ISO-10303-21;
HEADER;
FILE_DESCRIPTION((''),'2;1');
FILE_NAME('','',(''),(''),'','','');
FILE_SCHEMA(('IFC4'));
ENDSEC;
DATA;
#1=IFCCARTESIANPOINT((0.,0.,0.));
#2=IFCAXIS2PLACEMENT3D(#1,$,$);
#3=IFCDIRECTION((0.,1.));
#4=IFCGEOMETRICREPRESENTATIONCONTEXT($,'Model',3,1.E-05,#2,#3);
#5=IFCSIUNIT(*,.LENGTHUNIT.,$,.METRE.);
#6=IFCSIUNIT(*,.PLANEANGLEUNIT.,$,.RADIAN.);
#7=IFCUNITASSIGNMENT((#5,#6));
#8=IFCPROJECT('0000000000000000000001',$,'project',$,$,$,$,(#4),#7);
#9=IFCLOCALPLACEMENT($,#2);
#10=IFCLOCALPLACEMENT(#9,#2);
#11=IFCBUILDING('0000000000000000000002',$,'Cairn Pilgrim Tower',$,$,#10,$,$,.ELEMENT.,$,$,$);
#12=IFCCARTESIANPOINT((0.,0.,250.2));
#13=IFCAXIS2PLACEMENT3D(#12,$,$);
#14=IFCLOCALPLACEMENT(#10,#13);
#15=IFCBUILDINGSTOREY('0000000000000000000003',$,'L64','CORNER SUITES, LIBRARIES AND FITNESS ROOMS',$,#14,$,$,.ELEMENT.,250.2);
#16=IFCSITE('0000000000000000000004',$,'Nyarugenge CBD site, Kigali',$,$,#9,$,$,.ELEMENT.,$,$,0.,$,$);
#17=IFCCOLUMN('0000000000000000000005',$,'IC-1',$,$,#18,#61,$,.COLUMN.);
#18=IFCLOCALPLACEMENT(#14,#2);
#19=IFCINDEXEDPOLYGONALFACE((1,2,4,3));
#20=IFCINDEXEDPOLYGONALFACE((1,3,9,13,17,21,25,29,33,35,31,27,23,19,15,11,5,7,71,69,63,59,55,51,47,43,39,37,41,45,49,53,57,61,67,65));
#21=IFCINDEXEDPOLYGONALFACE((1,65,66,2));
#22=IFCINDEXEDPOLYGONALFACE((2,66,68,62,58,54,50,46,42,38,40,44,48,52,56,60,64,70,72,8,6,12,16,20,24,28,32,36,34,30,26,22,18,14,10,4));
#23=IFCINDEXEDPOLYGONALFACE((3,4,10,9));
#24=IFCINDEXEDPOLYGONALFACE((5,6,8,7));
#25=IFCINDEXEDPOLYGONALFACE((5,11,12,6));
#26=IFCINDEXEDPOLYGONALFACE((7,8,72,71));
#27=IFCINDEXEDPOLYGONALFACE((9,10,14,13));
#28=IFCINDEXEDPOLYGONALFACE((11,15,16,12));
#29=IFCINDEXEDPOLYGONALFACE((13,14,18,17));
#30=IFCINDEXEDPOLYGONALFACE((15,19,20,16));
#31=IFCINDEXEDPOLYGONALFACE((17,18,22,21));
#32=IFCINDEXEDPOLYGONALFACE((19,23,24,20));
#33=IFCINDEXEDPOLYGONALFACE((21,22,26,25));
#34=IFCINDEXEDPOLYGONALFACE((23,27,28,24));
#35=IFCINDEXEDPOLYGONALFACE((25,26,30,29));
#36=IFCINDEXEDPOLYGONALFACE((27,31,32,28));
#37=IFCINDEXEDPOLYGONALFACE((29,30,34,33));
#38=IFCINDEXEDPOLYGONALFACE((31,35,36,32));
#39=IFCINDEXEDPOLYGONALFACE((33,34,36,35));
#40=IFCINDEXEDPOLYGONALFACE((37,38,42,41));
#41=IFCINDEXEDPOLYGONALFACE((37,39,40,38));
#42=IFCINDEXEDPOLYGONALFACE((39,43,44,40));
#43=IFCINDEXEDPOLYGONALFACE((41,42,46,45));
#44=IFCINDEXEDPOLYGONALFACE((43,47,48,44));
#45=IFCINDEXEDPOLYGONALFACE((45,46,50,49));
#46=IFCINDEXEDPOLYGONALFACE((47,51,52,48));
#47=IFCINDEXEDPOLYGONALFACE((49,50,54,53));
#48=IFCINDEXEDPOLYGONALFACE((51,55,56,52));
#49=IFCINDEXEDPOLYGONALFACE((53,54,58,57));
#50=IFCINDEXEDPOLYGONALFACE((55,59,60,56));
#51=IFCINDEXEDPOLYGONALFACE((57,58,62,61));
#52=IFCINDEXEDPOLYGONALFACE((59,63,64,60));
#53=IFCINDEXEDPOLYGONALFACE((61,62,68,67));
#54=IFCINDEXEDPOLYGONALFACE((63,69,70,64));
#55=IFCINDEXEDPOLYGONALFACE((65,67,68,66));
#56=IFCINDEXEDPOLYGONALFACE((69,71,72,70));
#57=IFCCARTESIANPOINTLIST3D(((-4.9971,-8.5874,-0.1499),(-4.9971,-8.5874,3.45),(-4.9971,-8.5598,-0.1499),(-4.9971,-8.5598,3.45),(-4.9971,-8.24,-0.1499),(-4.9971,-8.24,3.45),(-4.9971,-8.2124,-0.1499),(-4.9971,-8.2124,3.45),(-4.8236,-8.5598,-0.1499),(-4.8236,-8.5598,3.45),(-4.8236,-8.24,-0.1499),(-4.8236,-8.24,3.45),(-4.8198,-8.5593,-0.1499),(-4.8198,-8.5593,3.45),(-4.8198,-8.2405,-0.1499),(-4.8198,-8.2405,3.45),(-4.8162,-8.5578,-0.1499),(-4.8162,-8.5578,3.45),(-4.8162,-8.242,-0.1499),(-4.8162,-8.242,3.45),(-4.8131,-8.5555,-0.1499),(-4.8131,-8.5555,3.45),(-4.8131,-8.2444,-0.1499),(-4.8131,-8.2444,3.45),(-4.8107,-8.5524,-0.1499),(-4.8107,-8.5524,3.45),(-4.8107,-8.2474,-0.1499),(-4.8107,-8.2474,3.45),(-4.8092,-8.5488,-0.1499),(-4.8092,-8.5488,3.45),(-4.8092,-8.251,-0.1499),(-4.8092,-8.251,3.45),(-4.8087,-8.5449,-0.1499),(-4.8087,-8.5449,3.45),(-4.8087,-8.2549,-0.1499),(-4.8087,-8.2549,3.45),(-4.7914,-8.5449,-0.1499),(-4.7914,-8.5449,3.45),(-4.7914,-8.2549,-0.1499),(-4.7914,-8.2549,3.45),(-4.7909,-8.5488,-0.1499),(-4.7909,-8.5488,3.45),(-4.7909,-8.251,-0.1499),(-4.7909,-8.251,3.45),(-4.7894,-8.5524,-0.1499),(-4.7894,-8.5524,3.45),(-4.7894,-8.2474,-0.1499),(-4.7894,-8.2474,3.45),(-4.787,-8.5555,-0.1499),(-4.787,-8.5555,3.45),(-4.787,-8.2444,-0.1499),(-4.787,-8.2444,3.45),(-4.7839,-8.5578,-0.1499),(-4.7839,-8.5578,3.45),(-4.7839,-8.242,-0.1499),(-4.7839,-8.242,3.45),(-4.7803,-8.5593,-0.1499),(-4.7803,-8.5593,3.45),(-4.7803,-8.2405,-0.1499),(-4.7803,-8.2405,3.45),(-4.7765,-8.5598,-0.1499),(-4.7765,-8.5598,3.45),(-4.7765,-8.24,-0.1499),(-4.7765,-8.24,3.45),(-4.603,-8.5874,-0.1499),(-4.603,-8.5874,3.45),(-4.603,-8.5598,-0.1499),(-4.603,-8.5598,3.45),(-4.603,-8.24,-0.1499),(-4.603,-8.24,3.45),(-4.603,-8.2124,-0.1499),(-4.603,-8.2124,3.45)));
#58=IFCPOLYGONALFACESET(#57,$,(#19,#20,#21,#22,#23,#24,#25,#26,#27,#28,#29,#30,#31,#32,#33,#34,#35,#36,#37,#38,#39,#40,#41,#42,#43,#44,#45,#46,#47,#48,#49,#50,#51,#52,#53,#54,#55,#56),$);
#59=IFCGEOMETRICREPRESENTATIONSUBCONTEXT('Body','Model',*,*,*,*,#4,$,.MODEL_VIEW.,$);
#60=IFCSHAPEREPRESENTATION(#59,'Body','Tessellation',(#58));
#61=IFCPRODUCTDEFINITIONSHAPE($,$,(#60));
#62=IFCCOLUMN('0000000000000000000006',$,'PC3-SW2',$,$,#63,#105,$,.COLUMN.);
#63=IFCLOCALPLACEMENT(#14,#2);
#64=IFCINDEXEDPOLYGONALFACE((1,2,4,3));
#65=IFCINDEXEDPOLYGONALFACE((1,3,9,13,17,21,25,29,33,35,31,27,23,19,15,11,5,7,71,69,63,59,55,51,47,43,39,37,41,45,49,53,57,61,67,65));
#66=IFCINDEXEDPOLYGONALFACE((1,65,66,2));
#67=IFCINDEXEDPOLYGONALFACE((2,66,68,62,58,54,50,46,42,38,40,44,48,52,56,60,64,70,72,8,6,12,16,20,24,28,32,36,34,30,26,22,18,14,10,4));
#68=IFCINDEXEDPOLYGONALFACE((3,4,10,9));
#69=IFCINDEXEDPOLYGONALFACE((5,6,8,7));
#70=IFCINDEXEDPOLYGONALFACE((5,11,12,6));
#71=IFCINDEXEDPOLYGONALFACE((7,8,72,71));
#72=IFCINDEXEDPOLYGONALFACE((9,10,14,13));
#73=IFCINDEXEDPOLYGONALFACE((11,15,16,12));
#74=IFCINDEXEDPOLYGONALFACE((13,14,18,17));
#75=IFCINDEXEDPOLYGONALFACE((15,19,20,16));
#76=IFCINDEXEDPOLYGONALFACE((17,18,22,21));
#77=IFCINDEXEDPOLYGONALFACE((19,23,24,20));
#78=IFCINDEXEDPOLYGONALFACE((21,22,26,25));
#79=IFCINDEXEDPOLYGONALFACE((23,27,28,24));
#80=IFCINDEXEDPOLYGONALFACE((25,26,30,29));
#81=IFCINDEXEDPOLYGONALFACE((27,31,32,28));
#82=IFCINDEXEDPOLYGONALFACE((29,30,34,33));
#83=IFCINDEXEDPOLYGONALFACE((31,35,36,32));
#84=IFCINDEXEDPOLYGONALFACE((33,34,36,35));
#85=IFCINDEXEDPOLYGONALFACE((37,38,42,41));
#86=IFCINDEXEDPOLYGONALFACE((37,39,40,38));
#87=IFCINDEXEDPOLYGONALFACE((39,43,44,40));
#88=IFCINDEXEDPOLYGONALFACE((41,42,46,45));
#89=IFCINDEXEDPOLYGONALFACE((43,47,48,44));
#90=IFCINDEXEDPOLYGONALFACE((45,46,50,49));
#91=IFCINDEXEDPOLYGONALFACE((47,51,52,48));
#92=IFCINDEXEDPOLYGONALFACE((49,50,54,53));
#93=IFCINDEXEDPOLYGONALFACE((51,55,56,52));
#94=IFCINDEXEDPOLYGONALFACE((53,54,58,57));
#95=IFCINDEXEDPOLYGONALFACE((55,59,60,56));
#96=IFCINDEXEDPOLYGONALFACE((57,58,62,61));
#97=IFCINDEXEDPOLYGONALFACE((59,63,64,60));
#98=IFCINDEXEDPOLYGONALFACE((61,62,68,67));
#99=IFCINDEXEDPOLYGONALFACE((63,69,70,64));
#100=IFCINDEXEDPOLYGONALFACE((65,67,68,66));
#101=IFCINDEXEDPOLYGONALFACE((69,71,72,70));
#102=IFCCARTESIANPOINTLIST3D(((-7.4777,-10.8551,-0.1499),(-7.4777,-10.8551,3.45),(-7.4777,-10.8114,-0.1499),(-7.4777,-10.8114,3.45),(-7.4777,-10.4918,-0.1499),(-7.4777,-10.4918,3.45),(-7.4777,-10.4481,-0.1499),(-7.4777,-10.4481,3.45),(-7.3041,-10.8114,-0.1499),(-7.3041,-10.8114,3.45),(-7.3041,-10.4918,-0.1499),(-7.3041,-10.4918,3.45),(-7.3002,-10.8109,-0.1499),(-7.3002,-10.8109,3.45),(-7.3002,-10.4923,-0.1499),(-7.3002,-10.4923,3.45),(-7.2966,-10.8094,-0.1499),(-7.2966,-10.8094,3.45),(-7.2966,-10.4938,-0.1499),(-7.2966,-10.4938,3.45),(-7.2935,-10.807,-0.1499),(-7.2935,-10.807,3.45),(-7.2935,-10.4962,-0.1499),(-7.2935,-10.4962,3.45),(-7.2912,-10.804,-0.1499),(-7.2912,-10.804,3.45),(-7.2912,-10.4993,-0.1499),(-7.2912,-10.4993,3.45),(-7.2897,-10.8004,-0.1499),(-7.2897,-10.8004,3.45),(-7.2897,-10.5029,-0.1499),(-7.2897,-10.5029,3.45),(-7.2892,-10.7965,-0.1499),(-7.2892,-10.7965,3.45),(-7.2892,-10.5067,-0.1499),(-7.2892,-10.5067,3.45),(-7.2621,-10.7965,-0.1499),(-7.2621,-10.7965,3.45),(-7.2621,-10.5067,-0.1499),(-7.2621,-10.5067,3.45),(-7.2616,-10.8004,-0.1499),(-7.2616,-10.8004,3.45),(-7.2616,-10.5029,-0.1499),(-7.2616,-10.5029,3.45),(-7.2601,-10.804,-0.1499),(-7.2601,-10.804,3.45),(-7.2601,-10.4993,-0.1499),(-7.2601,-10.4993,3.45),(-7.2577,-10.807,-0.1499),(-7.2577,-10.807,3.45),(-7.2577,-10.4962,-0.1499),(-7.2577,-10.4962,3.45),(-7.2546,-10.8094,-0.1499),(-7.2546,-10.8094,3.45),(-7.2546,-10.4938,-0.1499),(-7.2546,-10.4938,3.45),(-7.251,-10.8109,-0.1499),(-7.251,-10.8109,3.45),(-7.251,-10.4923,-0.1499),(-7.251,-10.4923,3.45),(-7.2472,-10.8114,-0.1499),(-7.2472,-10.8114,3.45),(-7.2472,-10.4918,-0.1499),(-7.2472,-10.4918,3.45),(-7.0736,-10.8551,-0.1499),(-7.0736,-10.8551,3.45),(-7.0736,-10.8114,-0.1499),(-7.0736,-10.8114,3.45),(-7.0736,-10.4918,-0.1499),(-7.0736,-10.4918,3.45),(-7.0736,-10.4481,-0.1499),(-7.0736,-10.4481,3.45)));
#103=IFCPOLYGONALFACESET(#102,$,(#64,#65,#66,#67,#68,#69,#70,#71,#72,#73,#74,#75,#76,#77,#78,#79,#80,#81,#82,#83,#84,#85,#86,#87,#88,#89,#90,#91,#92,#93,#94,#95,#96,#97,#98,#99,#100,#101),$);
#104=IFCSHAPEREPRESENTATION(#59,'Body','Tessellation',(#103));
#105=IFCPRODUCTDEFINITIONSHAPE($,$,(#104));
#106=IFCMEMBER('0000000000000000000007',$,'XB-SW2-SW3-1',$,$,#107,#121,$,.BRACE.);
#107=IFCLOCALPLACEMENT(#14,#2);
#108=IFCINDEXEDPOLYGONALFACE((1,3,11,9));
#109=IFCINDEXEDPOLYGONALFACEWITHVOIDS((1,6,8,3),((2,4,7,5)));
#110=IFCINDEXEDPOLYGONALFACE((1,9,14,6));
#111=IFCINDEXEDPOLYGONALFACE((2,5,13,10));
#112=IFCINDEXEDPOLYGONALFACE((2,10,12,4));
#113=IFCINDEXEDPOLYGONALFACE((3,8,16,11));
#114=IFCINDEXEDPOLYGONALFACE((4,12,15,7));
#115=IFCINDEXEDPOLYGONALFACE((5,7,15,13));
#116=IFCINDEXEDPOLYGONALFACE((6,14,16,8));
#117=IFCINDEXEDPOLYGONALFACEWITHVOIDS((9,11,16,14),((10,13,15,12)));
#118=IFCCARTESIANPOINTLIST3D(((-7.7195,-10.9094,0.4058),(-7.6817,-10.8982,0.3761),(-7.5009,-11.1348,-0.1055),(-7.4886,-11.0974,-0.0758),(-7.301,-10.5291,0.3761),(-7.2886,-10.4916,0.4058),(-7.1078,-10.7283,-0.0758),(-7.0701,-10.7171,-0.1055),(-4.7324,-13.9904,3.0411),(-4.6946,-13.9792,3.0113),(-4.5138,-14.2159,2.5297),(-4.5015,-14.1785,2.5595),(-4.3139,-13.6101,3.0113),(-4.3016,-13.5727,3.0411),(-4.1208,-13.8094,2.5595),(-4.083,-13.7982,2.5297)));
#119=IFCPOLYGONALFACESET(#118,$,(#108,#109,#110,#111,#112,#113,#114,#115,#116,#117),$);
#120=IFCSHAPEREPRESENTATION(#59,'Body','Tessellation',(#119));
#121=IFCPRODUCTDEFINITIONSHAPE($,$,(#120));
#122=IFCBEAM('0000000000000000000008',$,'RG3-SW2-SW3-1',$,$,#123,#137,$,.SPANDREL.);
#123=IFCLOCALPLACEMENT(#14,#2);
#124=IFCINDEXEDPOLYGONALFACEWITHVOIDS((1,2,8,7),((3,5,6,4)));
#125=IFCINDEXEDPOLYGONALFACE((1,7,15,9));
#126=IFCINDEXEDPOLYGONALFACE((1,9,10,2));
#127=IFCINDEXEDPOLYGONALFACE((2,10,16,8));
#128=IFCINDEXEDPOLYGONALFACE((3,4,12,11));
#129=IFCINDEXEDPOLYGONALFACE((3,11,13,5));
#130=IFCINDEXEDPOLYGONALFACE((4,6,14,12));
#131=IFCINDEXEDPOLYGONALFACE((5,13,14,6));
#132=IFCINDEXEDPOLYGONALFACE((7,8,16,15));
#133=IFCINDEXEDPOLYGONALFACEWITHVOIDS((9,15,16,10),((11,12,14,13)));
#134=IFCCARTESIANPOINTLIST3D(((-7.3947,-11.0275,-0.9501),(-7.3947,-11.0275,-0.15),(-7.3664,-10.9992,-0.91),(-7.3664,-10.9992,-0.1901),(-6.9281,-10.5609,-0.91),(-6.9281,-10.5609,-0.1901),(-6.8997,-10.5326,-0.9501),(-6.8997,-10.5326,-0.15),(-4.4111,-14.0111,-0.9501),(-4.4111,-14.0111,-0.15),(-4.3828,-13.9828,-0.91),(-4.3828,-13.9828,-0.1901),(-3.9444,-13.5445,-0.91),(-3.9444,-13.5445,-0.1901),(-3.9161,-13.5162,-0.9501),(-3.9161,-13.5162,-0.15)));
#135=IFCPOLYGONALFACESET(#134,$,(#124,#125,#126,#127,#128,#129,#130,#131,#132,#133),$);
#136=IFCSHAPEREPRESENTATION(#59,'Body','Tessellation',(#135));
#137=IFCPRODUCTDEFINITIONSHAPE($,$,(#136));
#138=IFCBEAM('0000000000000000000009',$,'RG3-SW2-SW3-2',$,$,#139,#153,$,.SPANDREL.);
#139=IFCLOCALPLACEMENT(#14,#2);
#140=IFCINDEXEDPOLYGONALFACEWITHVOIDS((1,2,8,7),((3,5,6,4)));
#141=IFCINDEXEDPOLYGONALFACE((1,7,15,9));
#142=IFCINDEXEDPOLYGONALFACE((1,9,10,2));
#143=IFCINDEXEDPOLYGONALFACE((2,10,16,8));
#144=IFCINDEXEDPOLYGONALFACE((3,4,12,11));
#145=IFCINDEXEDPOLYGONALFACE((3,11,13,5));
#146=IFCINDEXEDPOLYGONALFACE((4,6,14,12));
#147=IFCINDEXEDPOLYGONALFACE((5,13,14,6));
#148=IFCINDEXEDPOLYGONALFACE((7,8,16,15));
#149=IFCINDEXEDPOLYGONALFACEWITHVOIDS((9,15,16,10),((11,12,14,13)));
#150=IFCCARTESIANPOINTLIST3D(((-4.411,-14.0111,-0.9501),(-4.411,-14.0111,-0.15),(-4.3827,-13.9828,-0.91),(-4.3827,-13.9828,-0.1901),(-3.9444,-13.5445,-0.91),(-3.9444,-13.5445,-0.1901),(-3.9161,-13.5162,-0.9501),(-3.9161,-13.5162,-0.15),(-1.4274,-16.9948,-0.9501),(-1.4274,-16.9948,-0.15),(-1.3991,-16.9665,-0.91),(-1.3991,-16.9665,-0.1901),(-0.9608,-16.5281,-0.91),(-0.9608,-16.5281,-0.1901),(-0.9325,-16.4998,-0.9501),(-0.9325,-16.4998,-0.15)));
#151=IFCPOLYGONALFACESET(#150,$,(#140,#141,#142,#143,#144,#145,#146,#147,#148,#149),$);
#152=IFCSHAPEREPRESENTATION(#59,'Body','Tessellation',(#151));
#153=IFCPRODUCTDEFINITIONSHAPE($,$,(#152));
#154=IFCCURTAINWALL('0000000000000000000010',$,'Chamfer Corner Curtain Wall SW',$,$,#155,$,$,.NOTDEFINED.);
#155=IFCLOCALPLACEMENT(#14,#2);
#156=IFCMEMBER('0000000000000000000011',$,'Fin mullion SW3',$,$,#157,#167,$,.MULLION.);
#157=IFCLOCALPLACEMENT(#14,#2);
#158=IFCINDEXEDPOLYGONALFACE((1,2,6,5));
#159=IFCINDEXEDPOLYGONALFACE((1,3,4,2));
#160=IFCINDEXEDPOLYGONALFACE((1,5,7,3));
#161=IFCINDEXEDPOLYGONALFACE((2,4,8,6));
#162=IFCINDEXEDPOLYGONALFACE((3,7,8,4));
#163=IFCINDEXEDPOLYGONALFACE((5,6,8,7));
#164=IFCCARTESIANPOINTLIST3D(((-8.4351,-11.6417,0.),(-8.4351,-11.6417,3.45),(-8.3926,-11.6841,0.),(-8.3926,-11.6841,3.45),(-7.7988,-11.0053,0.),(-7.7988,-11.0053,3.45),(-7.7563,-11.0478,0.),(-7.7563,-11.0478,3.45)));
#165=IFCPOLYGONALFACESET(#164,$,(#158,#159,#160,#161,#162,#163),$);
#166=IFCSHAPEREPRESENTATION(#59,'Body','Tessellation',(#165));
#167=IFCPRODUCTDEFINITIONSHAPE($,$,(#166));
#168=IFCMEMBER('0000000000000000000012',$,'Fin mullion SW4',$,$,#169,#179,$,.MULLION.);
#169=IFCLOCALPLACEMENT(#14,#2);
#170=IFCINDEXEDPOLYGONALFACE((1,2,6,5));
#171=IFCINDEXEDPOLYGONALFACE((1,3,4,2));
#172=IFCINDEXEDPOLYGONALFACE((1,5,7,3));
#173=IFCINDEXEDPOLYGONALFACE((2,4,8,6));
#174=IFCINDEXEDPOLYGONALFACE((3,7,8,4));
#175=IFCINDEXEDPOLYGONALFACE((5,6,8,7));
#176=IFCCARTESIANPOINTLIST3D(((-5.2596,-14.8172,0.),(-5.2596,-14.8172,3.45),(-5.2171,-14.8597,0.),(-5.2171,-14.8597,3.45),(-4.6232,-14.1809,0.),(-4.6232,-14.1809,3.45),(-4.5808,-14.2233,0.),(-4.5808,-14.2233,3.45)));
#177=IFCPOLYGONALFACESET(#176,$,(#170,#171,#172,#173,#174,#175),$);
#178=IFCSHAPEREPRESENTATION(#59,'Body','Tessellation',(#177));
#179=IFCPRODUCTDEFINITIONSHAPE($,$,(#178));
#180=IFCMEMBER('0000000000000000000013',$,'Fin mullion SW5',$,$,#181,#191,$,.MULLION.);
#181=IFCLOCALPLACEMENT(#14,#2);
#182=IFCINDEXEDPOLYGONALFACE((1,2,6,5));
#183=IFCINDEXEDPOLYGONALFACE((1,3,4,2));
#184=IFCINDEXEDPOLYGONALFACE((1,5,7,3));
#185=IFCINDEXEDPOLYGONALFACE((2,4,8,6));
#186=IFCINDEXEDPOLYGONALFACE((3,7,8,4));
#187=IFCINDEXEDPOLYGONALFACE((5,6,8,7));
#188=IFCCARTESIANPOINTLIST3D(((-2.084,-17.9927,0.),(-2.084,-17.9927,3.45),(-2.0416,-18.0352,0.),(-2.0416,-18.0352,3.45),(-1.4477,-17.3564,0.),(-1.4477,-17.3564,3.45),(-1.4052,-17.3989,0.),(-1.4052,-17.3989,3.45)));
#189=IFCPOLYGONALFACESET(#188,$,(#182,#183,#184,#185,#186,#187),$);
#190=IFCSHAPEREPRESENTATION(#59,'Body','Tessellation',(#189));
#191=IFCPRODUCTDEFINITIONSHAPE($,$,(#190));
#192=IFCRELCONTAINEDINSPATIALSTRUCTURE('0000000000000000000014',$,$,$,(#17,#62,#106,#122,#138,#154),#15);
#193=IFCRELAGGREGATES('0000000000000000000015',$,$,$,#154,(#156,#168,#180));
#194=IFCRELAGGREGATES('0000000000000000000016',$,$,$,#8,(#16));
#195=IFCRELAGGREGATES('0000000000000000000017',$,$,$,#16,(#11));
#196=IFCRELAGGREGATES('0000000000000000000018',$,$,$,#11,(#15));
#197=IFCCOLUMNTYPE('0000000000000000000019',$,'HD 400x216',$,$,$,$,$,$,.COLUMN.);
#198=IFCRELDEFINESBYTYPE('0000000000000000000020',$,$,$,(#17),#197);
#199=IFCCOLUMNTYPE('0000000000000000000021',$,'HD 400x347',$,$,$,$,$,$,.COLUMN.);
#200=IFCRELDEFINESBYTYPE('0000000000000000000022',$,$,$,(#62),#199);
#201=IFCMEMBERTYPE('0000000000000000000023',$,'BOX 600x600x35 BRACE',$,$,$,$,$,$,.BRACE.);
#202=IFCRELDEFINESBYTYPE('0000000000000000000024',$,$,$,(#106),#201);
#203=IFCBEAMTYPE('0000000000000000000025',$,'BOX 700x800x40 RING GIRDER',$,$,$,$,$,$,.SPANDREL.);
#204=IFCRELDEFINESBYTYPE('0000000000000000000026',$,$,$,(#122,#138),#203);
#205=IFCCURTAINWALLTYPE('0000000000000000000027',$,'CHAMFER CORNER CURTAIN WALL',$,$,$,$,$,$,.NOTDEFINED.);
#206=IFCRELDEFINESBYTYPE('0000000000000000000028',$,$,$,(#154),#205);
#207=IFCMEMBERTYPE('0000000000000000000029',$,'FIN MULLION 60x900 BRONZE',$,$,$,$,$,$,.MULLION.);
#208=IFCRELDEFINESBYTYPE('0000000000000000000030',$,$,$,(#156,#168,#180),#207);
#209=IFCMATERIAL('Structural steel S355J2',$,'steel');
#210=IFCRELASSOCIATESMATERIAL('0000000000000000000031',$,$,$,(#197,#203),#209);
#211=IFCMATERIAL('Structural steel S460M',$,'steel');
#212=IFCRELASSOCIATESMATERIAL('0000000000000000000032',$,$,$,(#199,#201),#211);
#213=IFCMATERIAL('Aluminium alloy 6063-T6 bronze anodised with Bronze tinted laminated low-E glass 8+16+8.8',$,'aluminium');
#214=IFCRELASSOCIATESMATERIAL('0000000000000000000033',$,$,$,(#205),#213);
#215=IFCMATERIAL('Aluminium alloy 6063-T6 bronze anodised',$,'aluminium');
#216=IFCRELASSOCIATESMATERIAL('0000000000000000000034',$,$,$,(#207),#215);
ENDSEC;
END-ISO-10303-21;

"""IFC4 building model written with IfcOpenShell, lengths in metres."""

from ifc_helpers import new_model, si_unit, direction, frame, origin, origin_2d, place, context, subcontext, project, spatial, rectangle, hollow_rectangle, i_section, extrude, material, material_profile, profile_set, type_object, element, aggregate, save


model = new_model("IFC4")

# Units and contexts
model_context = context("Model", 3, precision=1e-05, world=origin(), true_north=direction((0.0, 1.0)))
body_context = subcontext(model_context, "Body", "Model", "MODEL_VIEW")
ifc_project = project(units=[si_unit("LENGTHUNIT", "METRE"), si_unit("PLANEANGLEUNIT", "RADIAN")], contexts=[model_context])

# Site, building, storey
site_placement = place(None, origin())
site = spatial("IfcSite", under=ifc_project, at=site_placement, Name="Nyarugenge CBD site, Kigali", CompositionType="ELEMENT", RefElevation=0.0)
building_placement = place(site_placement, origin())
building = spatial("IfcBuilding", under=site, at=building_placement, Name="Cairn Pilgrim Tower", CompositionType="ELEMENT")
storey_placement = place(building_placement, frame((0.0, 0.0, 250.2)))
storey = spatial("IfcBuildingStorey", under=building, at=storey_placement, Name="L64", Description="CORNER SUITES, LIBRARIES AND FITNESS ROOMS", CompositionType="ELEMENT", Elevation=250.2)

# Columns
ifc_material_1 = material(Name="Structural steel S355J2", Category="steel")
ifc_material_profile_1 = material_profile(ifc_material_1, i_section(OverallWidth=0.394, OverallDepth=0.375, WebThickness=0.0173, FlangeThickness=0.0276, FilletRadius=0.0149, at=origin_2d()), Name="HD 400x216")
ifc_profile_set_1 = profile_set([ifc_material_profile_1], Name="Structural steel S355J2")
column_type_1 = type_object("IfcColumnType", Name="HD 400x216", PredefinedType="COLUMN", material=ifc_profile_set_1)
column_1_placement = place(storey_placement, frame((-4.8, -8.3999, -0.1499), z_axis=(0.0, 0.0, 1.0), x_axis=(1.0, 0.0, 0.0)))
element("IfcColumn", 1, at=column_1_placement, inside=storey, type_object=column_type_1, Name="IC-1", PredefinedType="COLUMN", context=body_context, shape_type="SweptSolid", body=[
    extrude(i_section(OverallWidth=0.394, OverallDepth=0.375, WebThickness=0.0173, FlangeThickness=0.0276, FilletRadius=0.0149, at=origin_2d()), origin(), (0.0, 0.0, 1.0), 3.5999),
])
ifc_material_2 = material(Name="Structural steel S460M", Category="steel")
ifc_material_profile_2 = material_profile(ifc_material_2, i_section(OverallWidth=0.4041, OverallDepth=0.407, WebThickness=0.0271, FlangeThickness=0.0437, FilletRadius=0.0149, at=origin_2d()), Name="HD 400x347")
ifc_profile_set_2 = profile_set([ifc_material_profile_2], Name="Structural steel S460M")
column_type_2 = type_object("IfcColumnType", Name="HD 400x347", PredefinedType="COLUMN", material=ifc_profile_set_2)
column_2_placement = place(storey_placement, frame((-7.2756, -10.6516, -0.1499), z_axis=(0.0, 0.0, 1.0), x_axis=(1.0, 0.0, 0.0)))
element("IfcColumn", 2, at=column_2_placement, inside=storey, type_object=column_type_2, Name="PC3-SW2", PredefinedType="COLUMN", context=body_context, shape_type="SweptSolid", body=[
    extrude(i_section(OverallWidth=0.4041, OverallDepth=0.407, WebThickness=0.0271, FlangeThickness=0.0437, FilletRadius=0.0149, at=origin_2d()), origin(), (0.0, 0.0, 1.0), 3.5999),
])

# Member
ifc_material_profile_3 = material_profile(ifc_material_2, hollow_rectangle(XDim=0.6001, YDim=0.6001, WallThickness=0.0349, at=origin_2d()), Name="BOX 600x600x35")
ifc_profile_set_3 = profile_set([ifc_material_profile_3], Name="Structural steel S460M")
member_type_1 = type_object("IfcMemberType", Name="BOX 600x600x35 BRACE", PredefinedType="BRACE", material=ifc_profile_set_3)
member_1_placement = place(storey_placement, frame((-7.3948, -10.8132, 0.1501), z_axis=(0.593157, -0.611822, 0.523297), x_axis=(0.717974, 0.69607, 0.0)))
element("IfcMember", 3, at=member_1_placement, inside=storey, type_object=member_type_1, Name="XB-SW2-SW3-1", PredefinedType="BRACE", context=body_context, shape_type="SweptSolid", body=[
    extrude(hollow_rectangle(XDim=0.6001, YDim=0.6001, WallThickness=0.0349, at=origin_2d()), origin(), (0.0, 0.0, 1.0), 5.0359),
])

# Beams
ifc_material_profile_4 = material_profile(ifc_material_1, hollow_rectangle(XDim=0.7, YDim=0.8, WallThickness=0.04, at=origin_2d()), Name="BOX 700x800x40")
ifc_profile_set_4 = profile_set([ifc_material_profile_4], Name="Structural steel S355J2")
beam_type_1 = type_object("IfcBeamType", Name="BOX 700x800x40 RING GIRDER", PredefinedType="SPANDREL", material=ifc_profile_set_4)
for number, where, z_axis, x_axis, name in (
    (4, (-7.1472, -10.78, -0.55), (0.707107, -0.707107, 0.0), (0.707107, 0.707107, 0.0), "RG3-SW2-SW3-1"),
    (5, (-4.1636, -13.7637, -0.55), (0.707107, -0.707107, 0.0), (0.707107, 0.707107, 0.0), "RG3-SW2-SW3-2"),
):
    element("IfcBeam", number, at=place(storey_placement, frame(where, z_axis=z_axis, x_axis=x_axis)), inside=storey, type_object=beam_type_1, Name=name, PredefinedType="SPANDREL", context=body_context, shape_type="SweptSolid", body=[
        extrude(hollow_rectangle(XDim=0.7, YDim=0.8, WallThickness=0.04, at=origin_2d()), origin(), (0.0, 0.0, 1.0), 4.2195),
    ])

# Curtain wall, members
ifc_material_3 = material(Name="Aluminium alloy 6063-T6 bronze anodised with Bronze tinted laminated low-E glass 8+16+8.8", Category="aluminium")
curtain_wall_type = type_object("IfcCurtainWallType", Name="CHAMFER CORNER CURTAIN WALL", PredefinedType="NOTDEFINED", material=ifc_material_3)
curtain_wall_placement = place(storey_placement, origin())
curtain_wall = element("IfcCurtainWall", 6, at=curtain_wall_placement, inside=storey, type_object=curtain_wall_type, Name="Chamfer Corner Curtain Wall SW", PredefinedType="NOTDEFINED")
ifc_material_4 = material(Name="Aluminium alloy 6063-T6 bronze anodised", Category="aluminium")
ifc_material_profile_5 = material_profile(ifc_material_4, rectangle(XDim=0.8999, YDim=0.0601, at=origin_2d()), Name="FIN MULLION 60x900 BRONZE")
ifc_profile_set_5 = profile_set([ifc_material_profile_5], Name="Aluminium alloy 6063-T6 bronze anodised")
member_type_2 = type_object("IfcMemberType", Name="FIN MULLION 60x900 BRONZE", PredefinedType="MULLION", material=ifc_profile_set_5)
member_2_placement = place(storey_placement, frame((-8.0957, -11.3447, 0.0), z_axis=(0.0, 0.0, 1.0), x_axis=(-0.707107, -0.707107, 0.0)))
member_2 = element("IfcMember", 7, at=member_2_placement, type_object=member_type_2, Name="Fin mullion SW3", PredefinedType="MULLION", context=body_context, shape_type="SweptSolid", body=[
    extrude(rectangle(XDim=0.8999, YDim=0.0601, at=origin_2d()), origin(), (0.0, 0.0, 1.0), 3.45),
])
member_3_placement = place(storey_placement, frame((-4.9202, -14.5203, 0.0), z_axis=(0.0, 0.0, 1.0), x_axis=(-0.707107, -0.707107, 0.0)))
member_3 = element("IfcMember", 8, at=member_3_placement, type_object=member_type_2, Name="Fin mullion SW4", PredefinedType="MULLION", context=body_context, shape_type="SweptSolid", body=[
    extrude(rectangle(XDim=0.8999, YDim=0.0601, at=origin_2d()), origin(), (0.0, 0.0, 1.0), 3.45),
])
member_4_placement = place(storey_placement, frame((-1.7446, -17.6958, 0.0), z_axis=(0.0, 0.0, 1.0), x_axis=(-0.707107, -0.707107, 0.0)))
member_4 = element("IfcMember", 9, at=member_4_placement, type_object=member_type_2, Name="Fin mullion SW5", PredefinedType="MULLION", context=body_context, shape_type="SweptSolid", body=[
    extrude(rectangle(XDim=0.8999, YDim=0.0601, at=origin_2d()), origin(), (0.0, 0.0, 1.0), 3.45),
])

aggregate(curtain_wall, [member_2, member_3, member_4])

save(model, "model.ifc")
